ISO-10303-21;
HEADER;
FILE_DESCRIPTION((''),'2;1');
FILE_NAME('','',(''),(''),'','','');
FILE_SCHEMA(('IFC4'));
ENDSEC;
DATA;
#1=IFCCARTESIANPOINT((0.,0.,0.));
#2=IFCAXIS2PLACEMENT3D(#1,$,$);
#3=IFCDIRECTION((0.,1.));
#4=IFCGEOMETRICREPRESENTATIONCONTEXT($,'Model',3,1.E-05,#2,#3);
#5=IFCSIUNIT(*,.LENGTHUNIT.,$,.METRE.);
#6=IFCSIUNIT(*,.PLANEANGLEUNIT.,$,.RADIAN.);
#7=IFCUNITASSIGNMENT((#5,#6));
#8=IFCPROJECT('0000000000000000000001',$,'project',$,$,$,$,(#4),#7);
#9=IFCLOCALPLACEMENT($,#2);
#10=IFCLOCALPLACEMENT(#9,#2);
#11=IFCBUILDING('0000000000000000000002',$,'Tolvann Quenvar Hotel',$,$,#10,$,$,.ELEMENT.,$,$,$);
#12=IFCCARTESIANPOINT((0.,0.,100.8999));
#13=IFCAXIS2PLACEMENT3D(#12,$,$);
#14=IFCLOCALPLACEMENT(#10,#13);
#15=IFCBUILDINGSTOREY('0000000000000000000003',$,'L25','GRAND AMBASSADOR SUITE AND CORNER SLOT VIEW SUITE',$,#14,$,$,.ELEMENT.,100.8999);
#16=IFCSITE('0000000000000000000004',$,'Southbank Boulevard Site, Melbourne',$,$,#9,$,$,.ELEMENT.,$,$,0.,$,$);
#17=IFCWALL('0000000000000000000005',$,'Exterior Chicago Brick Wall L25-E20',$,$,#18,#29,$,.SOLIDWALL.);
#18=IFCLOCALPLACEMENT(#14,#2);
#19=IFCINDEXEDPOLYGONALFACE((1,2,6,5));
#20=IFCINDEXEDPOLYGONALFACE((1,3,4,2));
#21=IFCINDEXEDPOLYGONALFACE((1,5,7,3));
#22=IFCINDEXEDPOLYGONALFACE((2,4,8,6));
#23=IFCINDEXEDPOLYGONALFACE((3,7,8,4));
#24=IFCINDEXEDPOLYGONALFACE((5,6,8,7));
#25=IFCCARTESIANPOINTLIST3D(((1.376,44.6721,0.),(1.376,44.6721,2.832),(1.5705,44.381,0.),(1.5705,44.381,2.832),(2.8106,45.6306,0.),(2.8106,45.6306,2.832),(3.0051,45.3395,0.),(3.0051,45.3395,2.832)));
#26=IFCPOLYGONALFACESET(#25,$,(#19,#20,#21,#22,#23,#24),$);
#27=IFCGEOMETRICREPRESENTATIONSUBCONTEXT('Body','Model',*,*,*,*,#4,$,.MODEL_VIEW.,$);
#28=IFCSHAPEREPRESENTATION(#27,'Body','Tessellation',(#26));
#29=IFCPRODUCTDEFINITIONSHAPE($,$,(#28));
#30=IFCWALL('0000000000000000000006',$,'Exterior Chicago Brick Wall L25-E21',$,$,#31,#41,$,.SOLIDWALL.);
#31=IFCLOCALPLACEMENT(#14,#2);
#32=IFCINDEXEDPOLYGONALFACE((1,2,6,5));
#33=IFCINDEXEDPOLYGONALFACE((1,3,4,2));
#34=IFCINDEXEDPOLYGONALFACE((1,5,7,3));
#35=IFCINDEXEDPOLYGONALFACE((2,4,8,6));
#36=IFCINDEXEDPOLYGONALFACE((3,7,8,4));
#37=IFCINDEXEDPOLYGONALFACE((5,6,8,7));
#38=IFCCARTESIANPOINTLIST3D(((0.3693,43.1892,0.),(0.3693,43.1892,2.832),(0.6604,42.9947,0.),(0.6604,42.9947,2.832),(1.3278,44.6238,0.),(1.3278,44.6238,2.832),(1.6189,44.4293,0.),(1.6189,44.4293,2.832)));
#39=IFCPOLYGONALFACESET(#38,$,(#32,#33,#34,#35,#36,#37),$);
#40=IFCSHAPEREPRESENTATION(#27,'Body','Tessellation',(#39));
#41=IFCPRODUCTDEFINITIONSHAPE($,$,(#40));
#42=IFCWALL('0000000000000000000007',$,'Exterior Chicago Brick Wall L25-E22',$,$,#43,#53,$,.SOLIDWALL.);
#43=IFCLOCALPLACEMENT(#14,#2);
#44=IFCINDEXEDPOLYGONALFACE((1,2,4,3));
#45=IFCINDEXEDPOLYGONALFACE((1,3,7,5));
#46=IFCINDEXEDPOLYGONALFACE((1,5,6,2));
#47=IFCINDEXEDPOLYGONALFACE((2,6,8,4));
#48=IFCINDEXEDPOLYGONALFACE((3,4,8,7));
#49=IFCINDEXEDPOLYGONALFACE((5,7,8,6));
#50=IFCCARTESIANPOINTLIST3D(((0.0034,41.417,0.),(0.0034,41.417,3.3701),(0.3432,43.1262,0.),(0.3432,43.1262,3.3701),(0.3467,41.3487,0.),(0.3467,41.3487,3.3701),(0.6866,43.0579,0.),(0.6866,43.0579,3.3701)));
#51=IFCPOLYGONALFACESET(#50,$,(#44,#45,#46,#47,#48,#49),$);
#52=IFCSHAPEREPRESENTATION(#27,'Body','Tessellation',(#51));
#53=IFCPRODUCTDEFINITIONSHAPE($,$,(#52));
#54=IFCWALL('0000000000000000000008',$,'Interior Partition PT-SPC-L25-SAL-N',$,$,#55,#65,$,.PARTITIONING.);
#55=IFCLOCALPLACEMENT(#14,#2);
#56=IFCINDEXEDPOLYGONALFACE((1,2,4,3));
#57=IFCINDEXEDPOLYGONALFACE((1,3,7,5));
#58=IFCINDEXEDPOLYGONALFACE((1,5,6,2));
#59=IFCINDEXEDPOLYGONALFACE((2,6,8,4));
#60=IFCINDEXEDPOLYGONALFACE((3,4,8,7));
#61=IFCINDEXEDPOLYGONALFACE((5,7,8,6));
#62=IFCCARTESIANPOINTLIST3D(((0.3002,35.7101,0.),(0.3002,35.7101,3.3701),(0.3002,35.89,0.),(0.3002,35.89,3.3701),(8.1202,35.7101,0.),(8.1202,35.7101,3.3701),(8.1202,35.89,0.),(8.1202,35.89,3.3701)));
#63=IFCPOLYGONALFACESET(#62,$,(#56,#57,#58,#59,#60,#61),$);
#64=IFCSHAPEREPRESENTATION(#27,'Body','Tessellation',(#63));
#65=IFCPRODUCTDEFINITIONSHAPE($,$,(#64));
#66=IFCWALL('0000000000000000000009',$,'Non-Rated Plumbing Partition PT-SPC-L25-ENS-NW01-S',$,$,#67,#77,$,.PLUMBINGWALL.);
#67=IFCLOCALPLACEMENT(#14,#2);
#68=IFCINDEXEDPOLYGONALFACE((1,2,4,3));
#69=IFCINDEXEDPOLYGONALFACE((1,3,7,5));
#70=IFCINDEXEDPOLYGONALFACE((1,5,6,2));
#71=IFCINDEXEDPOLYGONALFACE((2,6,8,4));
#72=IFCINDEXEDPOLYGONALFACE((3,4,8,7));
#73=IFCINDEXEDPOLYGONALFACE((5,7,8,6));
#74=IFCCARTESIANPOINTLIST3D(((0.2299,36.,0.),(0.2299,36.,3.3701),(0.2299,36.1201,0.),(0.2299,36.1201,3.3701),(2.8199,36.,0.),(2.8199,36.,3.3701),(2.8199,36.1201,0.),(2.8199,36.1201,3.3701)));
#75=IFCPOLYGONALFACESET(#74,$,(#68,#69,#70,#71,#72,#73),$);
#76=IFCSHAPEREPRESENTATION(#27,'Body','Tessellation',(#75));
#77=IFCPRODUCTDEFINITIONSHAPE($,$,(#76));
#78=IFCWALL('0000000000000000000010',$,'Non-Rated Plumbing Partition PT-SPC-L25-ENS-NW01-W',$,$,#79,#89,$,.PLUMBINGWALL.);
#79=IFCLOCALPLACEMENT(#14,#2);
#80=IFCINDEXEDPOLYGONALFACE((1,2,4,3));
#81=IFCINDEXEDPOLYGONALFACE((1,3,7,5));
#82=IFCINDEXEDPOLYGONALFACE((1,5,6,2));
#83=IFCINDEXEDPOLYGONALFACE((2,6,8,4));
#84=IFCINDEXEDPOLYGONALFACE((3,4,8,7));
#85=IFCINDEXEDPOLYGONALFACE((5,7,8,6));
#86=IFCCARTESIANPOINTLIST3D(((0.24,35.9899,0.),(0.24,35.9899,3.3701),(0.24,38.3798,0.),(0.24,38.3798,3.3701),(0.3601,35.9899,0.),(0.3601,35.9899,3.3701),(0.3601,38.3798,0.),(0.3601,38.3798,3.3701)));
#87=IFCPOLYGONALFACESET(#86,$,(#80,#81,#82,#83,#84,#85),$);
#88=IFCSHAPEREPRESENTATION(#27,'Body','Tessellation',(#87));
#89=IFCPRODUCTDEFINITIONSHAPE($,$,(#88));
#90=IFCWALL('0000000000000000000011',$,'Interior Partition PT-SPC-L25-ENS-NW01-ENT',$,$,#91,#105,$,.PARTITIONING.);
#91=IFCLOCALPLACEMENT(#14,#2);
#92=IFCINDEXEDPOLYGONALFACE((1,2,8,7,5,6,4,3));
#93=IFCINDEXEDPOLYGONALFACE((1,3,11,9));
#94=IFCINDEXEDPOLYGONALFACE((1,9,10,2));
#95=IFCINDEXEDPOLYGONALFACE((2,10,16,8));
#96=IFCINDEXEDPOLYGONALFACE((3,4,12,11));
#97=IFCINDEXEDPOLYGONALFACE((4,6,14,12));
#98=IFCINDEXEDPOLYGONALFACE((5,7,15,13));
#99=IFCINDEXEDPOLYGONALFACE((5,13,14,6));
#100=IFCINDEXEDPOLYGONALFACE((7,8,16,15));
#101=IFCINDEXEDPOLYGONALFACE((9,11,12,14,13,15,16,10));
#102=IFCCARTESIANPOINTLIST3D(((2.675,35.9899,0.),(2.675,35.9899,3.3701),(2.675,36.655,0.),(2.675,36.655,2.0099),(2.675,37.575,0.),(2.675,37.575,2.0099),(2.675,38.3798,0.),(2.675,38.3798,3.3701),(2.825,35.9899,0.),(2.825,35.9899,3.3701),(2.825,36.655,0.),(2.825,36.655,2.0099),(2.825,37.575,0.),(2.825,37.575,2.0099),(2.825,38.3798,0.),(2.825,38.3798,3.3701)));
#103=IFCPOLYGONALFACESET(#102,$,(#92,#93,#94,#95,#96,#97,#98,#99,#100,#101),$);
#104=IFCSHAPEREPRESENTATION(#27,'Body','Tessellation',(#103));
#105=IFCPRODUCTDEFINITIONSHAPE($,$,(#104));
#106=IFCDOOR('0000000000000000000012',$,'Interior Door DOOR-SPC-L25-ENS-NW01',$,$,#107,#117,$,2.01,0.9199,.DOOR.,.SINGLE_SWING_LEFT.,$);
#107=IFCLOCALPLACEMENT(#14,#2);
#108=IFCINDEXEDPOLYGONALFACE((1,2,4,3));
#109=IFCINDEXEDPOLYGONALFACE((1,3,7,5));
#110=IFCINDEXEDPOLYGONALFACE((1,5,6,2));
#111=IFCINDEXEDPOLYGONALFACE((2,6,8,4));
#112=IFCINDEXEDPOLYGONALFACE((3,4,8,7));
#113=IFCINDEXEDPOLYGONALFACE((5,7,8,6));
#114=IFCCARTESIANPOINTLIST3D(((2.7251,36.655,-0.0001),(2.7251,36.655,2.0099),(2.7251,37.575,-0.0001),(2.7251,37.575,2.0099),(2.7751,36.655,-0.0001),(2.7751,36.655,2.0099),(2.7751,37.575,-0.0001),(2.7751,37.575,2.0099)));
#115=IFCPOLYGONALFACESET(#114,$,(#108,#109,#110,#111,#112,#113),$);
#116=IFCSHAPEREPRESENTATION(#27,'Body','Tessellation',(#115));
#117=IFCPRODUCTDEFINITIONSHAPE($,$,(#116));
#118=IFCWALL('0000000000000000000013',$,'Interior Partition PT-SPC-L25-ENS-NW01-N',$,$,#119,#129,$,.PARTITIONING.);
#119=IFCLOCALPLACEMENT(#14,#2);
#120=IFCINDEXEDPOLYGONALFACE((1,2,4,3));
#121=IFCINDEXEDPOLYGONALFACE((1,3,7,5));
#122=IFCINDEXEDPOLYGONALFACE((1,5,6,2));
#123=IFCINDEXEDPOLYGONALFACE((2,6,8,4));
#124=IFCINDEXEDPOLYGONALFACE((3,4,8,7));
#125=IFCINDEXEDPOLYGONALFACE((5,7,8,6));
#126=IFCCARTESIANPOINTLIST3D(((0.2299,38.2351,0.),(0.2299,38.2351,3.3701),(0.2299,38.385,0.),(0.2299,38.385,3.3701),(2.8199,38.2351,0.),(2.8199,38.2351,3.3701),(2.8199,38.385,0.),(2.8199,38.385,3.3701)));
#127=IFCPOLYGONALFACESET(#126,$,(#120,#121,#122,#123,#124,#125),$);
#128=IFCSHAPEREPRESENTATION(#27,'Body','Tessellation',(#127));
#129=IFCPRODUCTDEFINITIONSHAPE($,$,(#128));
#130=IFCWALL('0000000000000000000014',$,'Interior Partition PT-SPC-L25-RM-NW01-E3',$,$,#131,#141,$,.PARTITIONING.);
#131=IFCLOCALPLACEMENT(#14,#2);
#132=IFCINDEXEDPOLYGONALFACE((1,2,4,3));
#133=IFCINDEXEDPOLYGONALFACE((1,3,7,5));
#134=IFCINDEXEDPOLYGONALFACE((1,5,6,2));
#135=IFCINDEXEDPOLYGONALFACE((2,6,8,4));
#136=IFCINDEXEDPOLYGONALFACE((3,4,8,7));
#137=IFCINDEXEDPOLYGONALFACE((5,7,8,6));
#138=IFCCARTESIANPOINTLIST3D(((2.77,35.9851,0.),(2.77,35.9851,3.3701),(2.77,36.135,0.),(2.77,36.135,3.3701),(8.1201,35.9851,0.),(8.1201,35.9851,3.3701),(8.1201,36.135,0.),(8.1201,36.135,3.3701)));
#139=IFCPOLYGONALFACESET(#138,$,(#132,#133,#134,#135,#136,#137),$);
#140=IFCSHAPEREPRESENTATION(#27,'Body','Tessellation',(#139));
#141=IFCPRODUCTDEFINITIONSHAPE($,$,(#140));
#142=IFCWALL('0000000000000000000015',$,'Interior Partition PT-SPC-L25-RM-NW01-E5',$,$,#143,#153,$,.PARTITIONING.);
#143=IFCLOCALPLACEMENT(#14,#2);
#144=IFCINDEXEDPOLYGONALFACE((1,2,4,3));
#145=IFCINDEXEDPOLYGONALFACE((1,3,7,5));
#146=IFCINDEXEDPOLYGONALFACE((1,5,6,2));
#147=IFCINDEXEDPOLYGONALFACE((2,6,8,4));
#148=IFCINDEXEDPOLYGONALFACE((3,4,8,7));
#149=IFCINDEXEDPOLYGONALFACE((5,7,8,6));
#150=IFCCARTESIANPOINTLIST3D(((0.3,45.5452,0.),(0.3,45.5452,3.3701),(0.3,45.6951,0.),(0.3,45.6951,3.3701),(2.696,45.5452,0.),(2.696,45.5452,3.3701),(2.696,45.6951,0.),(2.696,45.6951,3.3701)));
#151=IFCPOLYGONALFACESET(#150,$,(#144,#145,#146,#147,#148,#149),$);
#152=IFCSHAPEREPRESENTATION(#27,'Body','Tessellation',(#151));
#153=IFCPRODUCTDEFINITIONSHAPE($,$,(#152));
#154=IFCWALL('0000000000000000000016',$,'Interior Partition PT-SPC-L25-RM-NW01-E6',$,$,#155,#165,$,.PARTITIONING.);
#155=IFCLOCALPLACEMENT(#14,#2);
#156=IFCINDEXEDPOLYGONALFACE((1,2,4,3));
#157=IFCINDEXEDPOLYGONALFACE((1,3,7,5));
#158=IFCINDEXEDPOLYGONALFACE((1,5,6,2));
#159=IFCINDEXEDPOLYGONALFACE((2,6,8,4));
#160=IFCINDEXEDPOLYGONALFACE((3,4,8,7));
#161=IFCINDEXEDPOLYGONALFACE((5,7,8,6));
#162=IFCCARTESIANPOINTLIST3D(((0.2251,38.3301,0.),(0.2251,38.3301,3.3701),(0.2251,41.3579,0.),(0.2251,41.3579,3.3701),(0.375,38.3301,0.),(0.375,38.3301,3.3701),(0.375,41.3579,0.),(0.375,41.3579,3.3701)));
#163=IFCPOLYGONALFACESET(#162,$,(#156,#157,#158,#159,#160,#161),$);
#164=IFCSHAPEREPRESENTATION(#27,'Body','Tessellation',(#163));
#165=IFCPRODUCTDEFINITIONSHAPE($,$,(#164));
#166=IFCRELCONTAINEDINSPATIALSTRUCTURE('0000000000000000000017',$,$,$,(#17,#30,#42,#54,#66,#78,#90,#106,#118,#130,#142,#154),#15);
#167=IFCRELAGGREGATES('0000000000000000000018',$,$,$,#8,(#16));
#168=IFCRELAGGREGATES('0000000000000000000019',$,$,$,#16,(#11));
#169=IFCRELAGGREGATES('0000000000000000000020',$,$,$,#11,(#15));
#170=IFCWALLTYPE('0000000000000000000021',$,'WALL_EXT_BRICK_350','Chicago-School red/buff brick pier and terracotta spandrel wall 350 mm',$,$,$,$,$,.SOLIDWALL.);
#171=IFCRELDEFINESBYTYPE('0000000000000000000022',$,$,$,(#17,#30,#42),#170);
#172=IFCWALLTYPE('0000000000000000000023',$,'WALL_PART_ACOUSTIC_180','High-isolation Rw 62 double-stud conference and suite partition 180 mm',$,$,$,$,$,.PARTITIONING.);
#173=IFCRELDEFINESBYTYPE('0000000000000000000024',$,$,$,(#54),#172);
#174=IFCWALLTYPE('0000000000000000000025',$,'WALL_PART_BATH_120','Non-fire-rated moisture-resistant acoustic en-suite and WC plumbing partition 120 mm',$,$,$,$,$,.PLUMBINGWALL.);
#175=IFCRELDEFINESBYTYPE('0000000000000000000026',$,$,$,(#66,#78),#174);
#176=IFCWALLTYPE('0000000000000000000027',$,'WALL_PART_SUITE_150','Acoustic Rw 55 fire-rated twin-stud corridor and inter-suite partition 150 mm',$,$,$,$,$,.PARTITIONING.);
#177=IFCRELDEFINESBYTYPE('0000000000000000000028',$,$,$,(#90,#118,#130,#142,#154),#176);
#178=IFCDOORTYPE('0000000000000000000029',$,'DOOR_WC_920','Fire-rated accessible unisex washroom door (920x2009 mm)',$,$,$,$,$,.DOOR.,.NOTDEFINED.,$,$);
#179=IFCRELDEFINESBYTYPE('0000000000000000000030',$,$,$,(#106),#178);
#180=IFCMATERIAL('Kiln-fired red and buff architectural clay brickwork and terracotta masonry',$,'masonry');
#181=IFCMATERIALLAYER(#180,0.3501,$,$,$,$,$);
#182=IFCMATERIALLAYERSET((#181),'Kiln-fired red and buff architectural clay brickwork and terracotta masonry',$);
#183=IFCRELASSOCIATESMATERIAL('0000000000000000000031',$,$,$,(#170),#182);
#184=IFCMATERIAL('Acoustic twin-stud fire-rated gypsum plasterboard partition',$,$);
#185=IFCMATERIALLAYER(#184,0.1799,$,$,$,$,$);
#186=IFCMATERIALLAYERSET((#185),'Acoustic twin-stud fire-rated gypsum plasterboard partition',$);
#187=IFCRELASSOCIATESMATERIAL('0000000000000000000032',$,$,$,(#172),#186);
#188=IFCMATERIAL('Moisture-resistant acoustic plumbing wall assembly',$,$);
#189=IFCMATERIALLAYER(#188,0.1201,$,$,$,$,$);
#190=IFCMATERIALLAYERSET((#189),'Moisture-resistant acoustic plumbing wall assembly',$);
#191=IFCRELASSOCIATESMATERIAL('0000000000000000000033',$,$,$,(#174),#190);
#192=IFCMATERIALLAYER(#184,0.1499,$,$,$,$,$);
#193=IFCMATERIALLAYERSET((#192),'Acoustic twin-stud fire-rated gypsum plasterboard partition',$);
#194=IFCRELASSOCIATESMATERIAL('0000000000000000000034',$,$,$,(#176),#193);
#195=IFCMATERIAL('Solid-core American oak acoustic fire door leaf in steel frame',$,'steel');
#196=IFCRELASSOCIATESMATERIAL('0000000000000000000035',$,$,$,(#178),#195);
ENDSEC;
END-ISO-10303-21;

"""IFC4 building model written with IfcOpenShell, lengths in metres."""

from ifc_helpers import new_model, si_unit, direction, frame, frame_2d, origin, place, context, subcontext, project, spatial, rectangle, extrude, source, transform, mapped, material, layer, layer_set, type_object, type_shapes, element, fill, save


model = new_model("IFC4")

# Units and contexts
model_context = context("Model", 3, precision=1e-05, world=origin(), true_north=direction((0.0, 1.0)))
body_context = subcontext(model_context, "Body", "Model", "MODEL_VIEW")
ifc_project = project(units=[si_unit("LENGTHUNIT", "METRE"), si_unit("PLANEANGLEUNIT", "RADIAN")], contexts=[model_context])

# Site, building, storey
site_placement = place(None, origin())
site = spatial("IfcSite", under=ifc_project, at=site_placement, Name="Southbank Boulevard Site, Melbourne", CompositionType="ELEMENT", RefElevation=0.0)
building_placement = place(site_placement, origin())
building = spatial("IfcBuilding", under=site, at=building_placement, Name="Tolvann Quenvar Hotel", CompositionType="ELEMENT")
storey_placement = place(building_placement, frame((0.0, 0.0, 100.8999)))
storey = spatial("IfcBuildingStorey", under=building, at=storey_placement, Name="L25", Description="GRAND AMBASSADOR SUITE AND CORNER SLOT VIEW SUITE", CompositionType="ELEMENT", Elevation=100.8999)

# Walls
ifc_material_1 = material(Name="Kiln-fired red and buff architectural clay brickwork and terracotta masonry", Category="masonry")
ifc_layer_1 = layer(ifc_material_1, 0.3501)
ifc_layer_set_1 = layer_set([ifc_layer_1], Name="Kiln-fired red and buff architectural clay brickwork and terracotta masonry")
wall_type_1 = type_object("IfcWallType", Name="WALL_EXT_BRICK_350", Description="Chicago-School red/buff brick pier and terracotta spandrel wall 350 mm", PredefinedType="SOLIDWALL", material=ifc_layer_set_1)
for number, where, z_axis, x_axis, name in (
    (1, (2.908, 45.4851, 0.0), (0.0, 0.0, 1.0), (-0.831484, -0.555549, 0.0), "Exterior Chicago Brick Wall L25-E20"),
    (2, (1.4734, 44.5266, 0.0), (0.0, 0.0, 1.0), (-0.555549, -0.831484, 0.0), "Exterior Chicago Brick Wall L25-E21"),
):
    element("IfcWall", number, at=place(storey_placement, frame(where, z_axis=z_axis, x_axis=x_axis)), inside=storey, type_object=wall_type_1, Name=name, PredefinedType="SOLIDWALL", context=body_context, shape_type="SweptSolid", body=[
        extrude(rectangle(XDim=1.7253, YDim=0.3501, at=frame_2d((0.8628, 0.0))), origin(), (0.0, 0.0, 1.0), 2.832),
    ])
wall_1_placement = place(storey_placement, frame((0.5149, 43.092, 0.0), z_axis=(0.0, 0.0, 1.0), x_axis=(-0.195011, -0.980801, 0.0)))
element("IfcWall", 3, at=wall_1_placement, inside=storey, type_object=wall_type_1, Name="Exterior Chicago Brick Wall L25-E22", PredefinedType="SOLIDWALL", context=body_context, shape_type="SweptSolid", body=[
    extrude(rectangle(XDim=1.7427, YDim=0.3501, at=frame_2d((0.8713, 0.0))), origin(), (0.0, 0.0, 1.0), 3.3701),
])
ifc_material_2 = material(Name="Acoustic twin-stud fire-rated gypsum plasterboard partition")
ifc_layer_2 = layer(ifc_material_2, 0.1799)
ifc_layer_set_2 = layer_set([ifc_layer_2], Name="Acoustic twin-stud fire-rated gypsum plasterboard partition")
wall_type_2 = type_object("IfcWallType", Name="WALL_PART_ACOUSTIC_180", Description="High-isolation Rw 62 double-stud conference and suite partition 180 mm", PredefinedType="PARTITIONING", material=ifc_layer_set_2)
wall_2_placement = place(storey_placement, frame((0.3, 35.8, 0.0), z_axis=(0.0, 0.0, 1.0), x_axis=(1.0, 0.0, 0.0)))
element("IfcWall", 4, at=wall_2_placement, inside=storey, type_object=wall_type_2, Name="Interior Partition PT-SPC-L25-SAL-N", PredefinedType="PARTITIONING", context=body_context, shape_type="SweptSolid", body=[
    extrude(rectangle(XDim=7.8201, YDim=0.1799, at=frame_2d((3.9102, 0.0))), origin(), (0.0, 0.0, 1.0), 3.3701),
])
ifc_material_3 = material(Name="Moisture-resistant acoustic plumbing wall assembly")
ifc_layer_3 = layer(ifc_material_3, 0.1201)
ifc_layer_set_3 = layer_set([ifc_layer_3], Name="Moisture-resistant acoustic plumbing wall assembly")
wall_type_3 = type_object("IfcWallType", Name="WALL_PART_BATH_120", Description="Non-fire-rated moisture-resistant acoustic en-suite and WC plumbing partition 120 mm", PredefinedType="PLUMBINGWALL", material=ifc_layer_set_3)
wall_3_placement = place(storey_placement, frame((0.23, 36.0601, 0.0), z_axis=(0.0, 0.0, 1.0), x_axis=(1.0, 0.0, 0.0)))
element("IfcWall", 5, at=wall_3_placement, inside=storey, type_object=wall_type_3, Name="Non-Rated Plumbing Partition PT-SPC-L25-ENS-NW01-S", PredefinedType="PLUMBINGWALL", context=body_context, shape_type="SweptSolid", body=[
    extrude(rectangle(XDim=2.5901, YDim=0.1201, at=frame_2d((1.2949, 0.0))), origin(), (0.0, 0.0, 1.0), 3.3701),
])
wall_4_placement = place(storey_placement, frame((0.3, 35.99, 0.0), z_axis=(0.0, 0.0, 1.0), x_axis=(0.0, 1.0, 0.0)))
element("IfcWall", 6, at=wall_4_placement, inside=storey, type_object=wall_type_3, Name="Non-Rated Plumbing Partition PT-SPC-L25-ENS-NW01-W", PredefinedType="PLUMBINGWALL", context=body_context, shape_type="SweptSolid", body=[
    extrude(rectangle(XDim=2.3899, YDim=0.1201, at=frame_2d((1.1948, 0.0))), origin(), (0.0, 0.0, 1.0), 3.3701),
])

# Wall, opening, door
ifc_layer_4 = layer(ifc_material_2, 0.1499)
ifc_layer_set_4 = layer_set([ifc_layer_4], Name="Acoustic twin-stud fire-rated gypsum plasterboard partition")
wall_type_4 = type_object("IfcWallType", Name="WALL_PART_SUITE_150", Description="Acoustic Rw 55 fire-rated twin-stud corridor and inter-suite partition 150 mm", PredefinedType="PARTITIONING", material=ifc_layer_set_4)
wall_5_placement = place(storey_placement, frame((2.75, 35.99, 0.0), z_axis=(0.0, 0.0, 1.0), x_axis=(0.0, 1.0, 0.0)))
wall_5 = element("IfcWall", 7, at=wall_5_placement, inside=storey, type_object=wall_type_4, Name="Interior Partition PT-SPC-L25-ENS-NW01-ENT", PredefinedType="PARTITIONING", context=body_context, shape_type="SweptSolid", body=[
    extrude(rectangle(XDim=2.3899, YDim=0.1499, at=frame_2d((1.1948, 0.0))), origin(), (0.0, 0.0, 1.0), 3.3701),
])
opening_placement = place(wall_5_placement, frame((0.665, 0.0, 0.0)))
opening = element("IfcOpeningElement", 8, at=opening_placement, cuts=wall_5, PredefinedType="OPENING", context=body_context, shape_type="SweptSolid", body=[
    extrude(rectangle(XDim=0.9199, YDim=2.01, at=frame_2d((0.46, 1.0049))), frame((0.0, 0.085, 0.0), z_axis=(0.0, -1.0, 0.0), x_axis=(1.0, 0.0, 0.0)), (0.0, 0.0, 1.0), 0.1699),
])
ifc_material_4 = material(Name="Solid-core American oak acoustic fire door leaf in steel frame", Category="steel")
door_type = type_object("IfcDoorType", Name="DOOR_WC_920", Description="Fire-rated accessible unisex washroom door (920x2009 mm)", OperationType="NOTDEFINED", PredefinedType="DOOR", material=ifc_material_4)
shared_shape_1 = source(origin(), body_context, "Body", "SweptSolid", [
    extrude(rectangle(XDim=0.9199, YDim=2.01, at=frame_2d((0.46, 1.0049))), frame((0.0, 0.0249, 0.0), z_axis=(0.0, -1.0, 0.0), x_axis=(1.0, 0.0, 0.0)), (0.0, 0.0, 1.0), 0.05),
])
type_shapes(door_type, [shared_shape_1])
door_placement = place(opening_placement, origin())
door = element("IfcDoor", 9, at=door_placement, inside=storey, type_object=door_type, Name="Interior Door DOOR-SPC-L25-ENS-NW01", OperationType="SINGLE_SWING_LEFT", OverallHeight=2.01, OverallWidth=0.9199, PredefinedType="DOOR", context=body_context, shape_type="MappedRepresentation", body=[
    mapped(shared_shape_1, transform((0.0, 0.0, 0.0), x_axis=(1.0, 0.0, 0.0), y_axis=(0.0, 1.0, 0.0), z_axis=(0.0, 0.0, 1.0), scale=1.0)),
])
fill(opening, door)

# Walls
wall_6_placement = place(storey_placement, frame((0.23, 38.3101, 0.0), z_axis=(0.0, 0.0, 1.0), x_axis=(1.0, 0.0, 0.0)))
element("IfcWall", 10, at=wall_6_placement, inside=storey, type_object=wall_type_4, Name="Interior Partition PT-SPC-L25-ENS-NW01-N", PredefinedType="PARTITIONING", context=body_context, shape_type="SweptSolid", body=[
    extrude(rectangle(XDim=2.5901, YDim=0.1499, at=frame_2d((1.2949, 0.0))), origin(), (0.0, 0.0, 1.0), 3.3701),
])
wall_7_placement = place(storey_placement, frame((2.77, 36.0601, 0.0), z_axis=(0.0, 0.0, 1.0), x_axis=(1.0, 0.0, 0.0)))
element("IfcWall", 11, at=wall_7_placement, inside=storey, type_object=wall_type_4, Name="Interior Partition PT-SPC-L25-RM-NW01-E3", PredefinedType="PARTITIONING", context=body_context, shape_type="SweptSolid", body=[
    extrude(rectangle(XDim=5.3501, YDim=0.1499, at=frame_2d((2.675, 0.0))), origin(), (0.0, 0.0, 1.0), 3.3701),
])
wall_8_placement = place(storey_placement, frame((0.3, 45.6201, 0.0), z_axis=(0.0, 0.0, 1.0), x_axis=(1.0, 0.0, 0.0)))
element("IfcWall", 12, at=wall_8_placement, inside=storey, type_object=wall_type_4, Name="Interior Partition PT-SPC-L25-RM-NW01-E5", PredefinedType="PARTITIONING", context=body_context, shape_type="SweptSolid", body=[
    extrude(rectangle(XDim=2.396, YDim=0.1499, at=frame_2d((1.198, 0.0))), origin(), (0.0, 0.0, 1.0), 3.3701),
])
wall_9_placement = place(storey_placement, frame((0.3, 38.3301, 0.0), z_axis=(0.0, 0.0, 1.0), x_axis=(0.0, 1.0, 0.0)))
element("IfcWall", 13, at=wall_9_placement, inside=storey, type_object=wall_type_4, Name="Interior Partition PT-SPC-L25-RM-NW01-E6", PredefinedType="PARTITIONING", context=body_context, shape_type="SweptSolid", body=[
    extrude(rectangle(XDim=3.0278, YDim=0.1499, at=frame_2d((1.5139, 0.0))), origin(), (0.0, 0.0, 1.0), 3.3701),
])

save(model, "model.ifc")
